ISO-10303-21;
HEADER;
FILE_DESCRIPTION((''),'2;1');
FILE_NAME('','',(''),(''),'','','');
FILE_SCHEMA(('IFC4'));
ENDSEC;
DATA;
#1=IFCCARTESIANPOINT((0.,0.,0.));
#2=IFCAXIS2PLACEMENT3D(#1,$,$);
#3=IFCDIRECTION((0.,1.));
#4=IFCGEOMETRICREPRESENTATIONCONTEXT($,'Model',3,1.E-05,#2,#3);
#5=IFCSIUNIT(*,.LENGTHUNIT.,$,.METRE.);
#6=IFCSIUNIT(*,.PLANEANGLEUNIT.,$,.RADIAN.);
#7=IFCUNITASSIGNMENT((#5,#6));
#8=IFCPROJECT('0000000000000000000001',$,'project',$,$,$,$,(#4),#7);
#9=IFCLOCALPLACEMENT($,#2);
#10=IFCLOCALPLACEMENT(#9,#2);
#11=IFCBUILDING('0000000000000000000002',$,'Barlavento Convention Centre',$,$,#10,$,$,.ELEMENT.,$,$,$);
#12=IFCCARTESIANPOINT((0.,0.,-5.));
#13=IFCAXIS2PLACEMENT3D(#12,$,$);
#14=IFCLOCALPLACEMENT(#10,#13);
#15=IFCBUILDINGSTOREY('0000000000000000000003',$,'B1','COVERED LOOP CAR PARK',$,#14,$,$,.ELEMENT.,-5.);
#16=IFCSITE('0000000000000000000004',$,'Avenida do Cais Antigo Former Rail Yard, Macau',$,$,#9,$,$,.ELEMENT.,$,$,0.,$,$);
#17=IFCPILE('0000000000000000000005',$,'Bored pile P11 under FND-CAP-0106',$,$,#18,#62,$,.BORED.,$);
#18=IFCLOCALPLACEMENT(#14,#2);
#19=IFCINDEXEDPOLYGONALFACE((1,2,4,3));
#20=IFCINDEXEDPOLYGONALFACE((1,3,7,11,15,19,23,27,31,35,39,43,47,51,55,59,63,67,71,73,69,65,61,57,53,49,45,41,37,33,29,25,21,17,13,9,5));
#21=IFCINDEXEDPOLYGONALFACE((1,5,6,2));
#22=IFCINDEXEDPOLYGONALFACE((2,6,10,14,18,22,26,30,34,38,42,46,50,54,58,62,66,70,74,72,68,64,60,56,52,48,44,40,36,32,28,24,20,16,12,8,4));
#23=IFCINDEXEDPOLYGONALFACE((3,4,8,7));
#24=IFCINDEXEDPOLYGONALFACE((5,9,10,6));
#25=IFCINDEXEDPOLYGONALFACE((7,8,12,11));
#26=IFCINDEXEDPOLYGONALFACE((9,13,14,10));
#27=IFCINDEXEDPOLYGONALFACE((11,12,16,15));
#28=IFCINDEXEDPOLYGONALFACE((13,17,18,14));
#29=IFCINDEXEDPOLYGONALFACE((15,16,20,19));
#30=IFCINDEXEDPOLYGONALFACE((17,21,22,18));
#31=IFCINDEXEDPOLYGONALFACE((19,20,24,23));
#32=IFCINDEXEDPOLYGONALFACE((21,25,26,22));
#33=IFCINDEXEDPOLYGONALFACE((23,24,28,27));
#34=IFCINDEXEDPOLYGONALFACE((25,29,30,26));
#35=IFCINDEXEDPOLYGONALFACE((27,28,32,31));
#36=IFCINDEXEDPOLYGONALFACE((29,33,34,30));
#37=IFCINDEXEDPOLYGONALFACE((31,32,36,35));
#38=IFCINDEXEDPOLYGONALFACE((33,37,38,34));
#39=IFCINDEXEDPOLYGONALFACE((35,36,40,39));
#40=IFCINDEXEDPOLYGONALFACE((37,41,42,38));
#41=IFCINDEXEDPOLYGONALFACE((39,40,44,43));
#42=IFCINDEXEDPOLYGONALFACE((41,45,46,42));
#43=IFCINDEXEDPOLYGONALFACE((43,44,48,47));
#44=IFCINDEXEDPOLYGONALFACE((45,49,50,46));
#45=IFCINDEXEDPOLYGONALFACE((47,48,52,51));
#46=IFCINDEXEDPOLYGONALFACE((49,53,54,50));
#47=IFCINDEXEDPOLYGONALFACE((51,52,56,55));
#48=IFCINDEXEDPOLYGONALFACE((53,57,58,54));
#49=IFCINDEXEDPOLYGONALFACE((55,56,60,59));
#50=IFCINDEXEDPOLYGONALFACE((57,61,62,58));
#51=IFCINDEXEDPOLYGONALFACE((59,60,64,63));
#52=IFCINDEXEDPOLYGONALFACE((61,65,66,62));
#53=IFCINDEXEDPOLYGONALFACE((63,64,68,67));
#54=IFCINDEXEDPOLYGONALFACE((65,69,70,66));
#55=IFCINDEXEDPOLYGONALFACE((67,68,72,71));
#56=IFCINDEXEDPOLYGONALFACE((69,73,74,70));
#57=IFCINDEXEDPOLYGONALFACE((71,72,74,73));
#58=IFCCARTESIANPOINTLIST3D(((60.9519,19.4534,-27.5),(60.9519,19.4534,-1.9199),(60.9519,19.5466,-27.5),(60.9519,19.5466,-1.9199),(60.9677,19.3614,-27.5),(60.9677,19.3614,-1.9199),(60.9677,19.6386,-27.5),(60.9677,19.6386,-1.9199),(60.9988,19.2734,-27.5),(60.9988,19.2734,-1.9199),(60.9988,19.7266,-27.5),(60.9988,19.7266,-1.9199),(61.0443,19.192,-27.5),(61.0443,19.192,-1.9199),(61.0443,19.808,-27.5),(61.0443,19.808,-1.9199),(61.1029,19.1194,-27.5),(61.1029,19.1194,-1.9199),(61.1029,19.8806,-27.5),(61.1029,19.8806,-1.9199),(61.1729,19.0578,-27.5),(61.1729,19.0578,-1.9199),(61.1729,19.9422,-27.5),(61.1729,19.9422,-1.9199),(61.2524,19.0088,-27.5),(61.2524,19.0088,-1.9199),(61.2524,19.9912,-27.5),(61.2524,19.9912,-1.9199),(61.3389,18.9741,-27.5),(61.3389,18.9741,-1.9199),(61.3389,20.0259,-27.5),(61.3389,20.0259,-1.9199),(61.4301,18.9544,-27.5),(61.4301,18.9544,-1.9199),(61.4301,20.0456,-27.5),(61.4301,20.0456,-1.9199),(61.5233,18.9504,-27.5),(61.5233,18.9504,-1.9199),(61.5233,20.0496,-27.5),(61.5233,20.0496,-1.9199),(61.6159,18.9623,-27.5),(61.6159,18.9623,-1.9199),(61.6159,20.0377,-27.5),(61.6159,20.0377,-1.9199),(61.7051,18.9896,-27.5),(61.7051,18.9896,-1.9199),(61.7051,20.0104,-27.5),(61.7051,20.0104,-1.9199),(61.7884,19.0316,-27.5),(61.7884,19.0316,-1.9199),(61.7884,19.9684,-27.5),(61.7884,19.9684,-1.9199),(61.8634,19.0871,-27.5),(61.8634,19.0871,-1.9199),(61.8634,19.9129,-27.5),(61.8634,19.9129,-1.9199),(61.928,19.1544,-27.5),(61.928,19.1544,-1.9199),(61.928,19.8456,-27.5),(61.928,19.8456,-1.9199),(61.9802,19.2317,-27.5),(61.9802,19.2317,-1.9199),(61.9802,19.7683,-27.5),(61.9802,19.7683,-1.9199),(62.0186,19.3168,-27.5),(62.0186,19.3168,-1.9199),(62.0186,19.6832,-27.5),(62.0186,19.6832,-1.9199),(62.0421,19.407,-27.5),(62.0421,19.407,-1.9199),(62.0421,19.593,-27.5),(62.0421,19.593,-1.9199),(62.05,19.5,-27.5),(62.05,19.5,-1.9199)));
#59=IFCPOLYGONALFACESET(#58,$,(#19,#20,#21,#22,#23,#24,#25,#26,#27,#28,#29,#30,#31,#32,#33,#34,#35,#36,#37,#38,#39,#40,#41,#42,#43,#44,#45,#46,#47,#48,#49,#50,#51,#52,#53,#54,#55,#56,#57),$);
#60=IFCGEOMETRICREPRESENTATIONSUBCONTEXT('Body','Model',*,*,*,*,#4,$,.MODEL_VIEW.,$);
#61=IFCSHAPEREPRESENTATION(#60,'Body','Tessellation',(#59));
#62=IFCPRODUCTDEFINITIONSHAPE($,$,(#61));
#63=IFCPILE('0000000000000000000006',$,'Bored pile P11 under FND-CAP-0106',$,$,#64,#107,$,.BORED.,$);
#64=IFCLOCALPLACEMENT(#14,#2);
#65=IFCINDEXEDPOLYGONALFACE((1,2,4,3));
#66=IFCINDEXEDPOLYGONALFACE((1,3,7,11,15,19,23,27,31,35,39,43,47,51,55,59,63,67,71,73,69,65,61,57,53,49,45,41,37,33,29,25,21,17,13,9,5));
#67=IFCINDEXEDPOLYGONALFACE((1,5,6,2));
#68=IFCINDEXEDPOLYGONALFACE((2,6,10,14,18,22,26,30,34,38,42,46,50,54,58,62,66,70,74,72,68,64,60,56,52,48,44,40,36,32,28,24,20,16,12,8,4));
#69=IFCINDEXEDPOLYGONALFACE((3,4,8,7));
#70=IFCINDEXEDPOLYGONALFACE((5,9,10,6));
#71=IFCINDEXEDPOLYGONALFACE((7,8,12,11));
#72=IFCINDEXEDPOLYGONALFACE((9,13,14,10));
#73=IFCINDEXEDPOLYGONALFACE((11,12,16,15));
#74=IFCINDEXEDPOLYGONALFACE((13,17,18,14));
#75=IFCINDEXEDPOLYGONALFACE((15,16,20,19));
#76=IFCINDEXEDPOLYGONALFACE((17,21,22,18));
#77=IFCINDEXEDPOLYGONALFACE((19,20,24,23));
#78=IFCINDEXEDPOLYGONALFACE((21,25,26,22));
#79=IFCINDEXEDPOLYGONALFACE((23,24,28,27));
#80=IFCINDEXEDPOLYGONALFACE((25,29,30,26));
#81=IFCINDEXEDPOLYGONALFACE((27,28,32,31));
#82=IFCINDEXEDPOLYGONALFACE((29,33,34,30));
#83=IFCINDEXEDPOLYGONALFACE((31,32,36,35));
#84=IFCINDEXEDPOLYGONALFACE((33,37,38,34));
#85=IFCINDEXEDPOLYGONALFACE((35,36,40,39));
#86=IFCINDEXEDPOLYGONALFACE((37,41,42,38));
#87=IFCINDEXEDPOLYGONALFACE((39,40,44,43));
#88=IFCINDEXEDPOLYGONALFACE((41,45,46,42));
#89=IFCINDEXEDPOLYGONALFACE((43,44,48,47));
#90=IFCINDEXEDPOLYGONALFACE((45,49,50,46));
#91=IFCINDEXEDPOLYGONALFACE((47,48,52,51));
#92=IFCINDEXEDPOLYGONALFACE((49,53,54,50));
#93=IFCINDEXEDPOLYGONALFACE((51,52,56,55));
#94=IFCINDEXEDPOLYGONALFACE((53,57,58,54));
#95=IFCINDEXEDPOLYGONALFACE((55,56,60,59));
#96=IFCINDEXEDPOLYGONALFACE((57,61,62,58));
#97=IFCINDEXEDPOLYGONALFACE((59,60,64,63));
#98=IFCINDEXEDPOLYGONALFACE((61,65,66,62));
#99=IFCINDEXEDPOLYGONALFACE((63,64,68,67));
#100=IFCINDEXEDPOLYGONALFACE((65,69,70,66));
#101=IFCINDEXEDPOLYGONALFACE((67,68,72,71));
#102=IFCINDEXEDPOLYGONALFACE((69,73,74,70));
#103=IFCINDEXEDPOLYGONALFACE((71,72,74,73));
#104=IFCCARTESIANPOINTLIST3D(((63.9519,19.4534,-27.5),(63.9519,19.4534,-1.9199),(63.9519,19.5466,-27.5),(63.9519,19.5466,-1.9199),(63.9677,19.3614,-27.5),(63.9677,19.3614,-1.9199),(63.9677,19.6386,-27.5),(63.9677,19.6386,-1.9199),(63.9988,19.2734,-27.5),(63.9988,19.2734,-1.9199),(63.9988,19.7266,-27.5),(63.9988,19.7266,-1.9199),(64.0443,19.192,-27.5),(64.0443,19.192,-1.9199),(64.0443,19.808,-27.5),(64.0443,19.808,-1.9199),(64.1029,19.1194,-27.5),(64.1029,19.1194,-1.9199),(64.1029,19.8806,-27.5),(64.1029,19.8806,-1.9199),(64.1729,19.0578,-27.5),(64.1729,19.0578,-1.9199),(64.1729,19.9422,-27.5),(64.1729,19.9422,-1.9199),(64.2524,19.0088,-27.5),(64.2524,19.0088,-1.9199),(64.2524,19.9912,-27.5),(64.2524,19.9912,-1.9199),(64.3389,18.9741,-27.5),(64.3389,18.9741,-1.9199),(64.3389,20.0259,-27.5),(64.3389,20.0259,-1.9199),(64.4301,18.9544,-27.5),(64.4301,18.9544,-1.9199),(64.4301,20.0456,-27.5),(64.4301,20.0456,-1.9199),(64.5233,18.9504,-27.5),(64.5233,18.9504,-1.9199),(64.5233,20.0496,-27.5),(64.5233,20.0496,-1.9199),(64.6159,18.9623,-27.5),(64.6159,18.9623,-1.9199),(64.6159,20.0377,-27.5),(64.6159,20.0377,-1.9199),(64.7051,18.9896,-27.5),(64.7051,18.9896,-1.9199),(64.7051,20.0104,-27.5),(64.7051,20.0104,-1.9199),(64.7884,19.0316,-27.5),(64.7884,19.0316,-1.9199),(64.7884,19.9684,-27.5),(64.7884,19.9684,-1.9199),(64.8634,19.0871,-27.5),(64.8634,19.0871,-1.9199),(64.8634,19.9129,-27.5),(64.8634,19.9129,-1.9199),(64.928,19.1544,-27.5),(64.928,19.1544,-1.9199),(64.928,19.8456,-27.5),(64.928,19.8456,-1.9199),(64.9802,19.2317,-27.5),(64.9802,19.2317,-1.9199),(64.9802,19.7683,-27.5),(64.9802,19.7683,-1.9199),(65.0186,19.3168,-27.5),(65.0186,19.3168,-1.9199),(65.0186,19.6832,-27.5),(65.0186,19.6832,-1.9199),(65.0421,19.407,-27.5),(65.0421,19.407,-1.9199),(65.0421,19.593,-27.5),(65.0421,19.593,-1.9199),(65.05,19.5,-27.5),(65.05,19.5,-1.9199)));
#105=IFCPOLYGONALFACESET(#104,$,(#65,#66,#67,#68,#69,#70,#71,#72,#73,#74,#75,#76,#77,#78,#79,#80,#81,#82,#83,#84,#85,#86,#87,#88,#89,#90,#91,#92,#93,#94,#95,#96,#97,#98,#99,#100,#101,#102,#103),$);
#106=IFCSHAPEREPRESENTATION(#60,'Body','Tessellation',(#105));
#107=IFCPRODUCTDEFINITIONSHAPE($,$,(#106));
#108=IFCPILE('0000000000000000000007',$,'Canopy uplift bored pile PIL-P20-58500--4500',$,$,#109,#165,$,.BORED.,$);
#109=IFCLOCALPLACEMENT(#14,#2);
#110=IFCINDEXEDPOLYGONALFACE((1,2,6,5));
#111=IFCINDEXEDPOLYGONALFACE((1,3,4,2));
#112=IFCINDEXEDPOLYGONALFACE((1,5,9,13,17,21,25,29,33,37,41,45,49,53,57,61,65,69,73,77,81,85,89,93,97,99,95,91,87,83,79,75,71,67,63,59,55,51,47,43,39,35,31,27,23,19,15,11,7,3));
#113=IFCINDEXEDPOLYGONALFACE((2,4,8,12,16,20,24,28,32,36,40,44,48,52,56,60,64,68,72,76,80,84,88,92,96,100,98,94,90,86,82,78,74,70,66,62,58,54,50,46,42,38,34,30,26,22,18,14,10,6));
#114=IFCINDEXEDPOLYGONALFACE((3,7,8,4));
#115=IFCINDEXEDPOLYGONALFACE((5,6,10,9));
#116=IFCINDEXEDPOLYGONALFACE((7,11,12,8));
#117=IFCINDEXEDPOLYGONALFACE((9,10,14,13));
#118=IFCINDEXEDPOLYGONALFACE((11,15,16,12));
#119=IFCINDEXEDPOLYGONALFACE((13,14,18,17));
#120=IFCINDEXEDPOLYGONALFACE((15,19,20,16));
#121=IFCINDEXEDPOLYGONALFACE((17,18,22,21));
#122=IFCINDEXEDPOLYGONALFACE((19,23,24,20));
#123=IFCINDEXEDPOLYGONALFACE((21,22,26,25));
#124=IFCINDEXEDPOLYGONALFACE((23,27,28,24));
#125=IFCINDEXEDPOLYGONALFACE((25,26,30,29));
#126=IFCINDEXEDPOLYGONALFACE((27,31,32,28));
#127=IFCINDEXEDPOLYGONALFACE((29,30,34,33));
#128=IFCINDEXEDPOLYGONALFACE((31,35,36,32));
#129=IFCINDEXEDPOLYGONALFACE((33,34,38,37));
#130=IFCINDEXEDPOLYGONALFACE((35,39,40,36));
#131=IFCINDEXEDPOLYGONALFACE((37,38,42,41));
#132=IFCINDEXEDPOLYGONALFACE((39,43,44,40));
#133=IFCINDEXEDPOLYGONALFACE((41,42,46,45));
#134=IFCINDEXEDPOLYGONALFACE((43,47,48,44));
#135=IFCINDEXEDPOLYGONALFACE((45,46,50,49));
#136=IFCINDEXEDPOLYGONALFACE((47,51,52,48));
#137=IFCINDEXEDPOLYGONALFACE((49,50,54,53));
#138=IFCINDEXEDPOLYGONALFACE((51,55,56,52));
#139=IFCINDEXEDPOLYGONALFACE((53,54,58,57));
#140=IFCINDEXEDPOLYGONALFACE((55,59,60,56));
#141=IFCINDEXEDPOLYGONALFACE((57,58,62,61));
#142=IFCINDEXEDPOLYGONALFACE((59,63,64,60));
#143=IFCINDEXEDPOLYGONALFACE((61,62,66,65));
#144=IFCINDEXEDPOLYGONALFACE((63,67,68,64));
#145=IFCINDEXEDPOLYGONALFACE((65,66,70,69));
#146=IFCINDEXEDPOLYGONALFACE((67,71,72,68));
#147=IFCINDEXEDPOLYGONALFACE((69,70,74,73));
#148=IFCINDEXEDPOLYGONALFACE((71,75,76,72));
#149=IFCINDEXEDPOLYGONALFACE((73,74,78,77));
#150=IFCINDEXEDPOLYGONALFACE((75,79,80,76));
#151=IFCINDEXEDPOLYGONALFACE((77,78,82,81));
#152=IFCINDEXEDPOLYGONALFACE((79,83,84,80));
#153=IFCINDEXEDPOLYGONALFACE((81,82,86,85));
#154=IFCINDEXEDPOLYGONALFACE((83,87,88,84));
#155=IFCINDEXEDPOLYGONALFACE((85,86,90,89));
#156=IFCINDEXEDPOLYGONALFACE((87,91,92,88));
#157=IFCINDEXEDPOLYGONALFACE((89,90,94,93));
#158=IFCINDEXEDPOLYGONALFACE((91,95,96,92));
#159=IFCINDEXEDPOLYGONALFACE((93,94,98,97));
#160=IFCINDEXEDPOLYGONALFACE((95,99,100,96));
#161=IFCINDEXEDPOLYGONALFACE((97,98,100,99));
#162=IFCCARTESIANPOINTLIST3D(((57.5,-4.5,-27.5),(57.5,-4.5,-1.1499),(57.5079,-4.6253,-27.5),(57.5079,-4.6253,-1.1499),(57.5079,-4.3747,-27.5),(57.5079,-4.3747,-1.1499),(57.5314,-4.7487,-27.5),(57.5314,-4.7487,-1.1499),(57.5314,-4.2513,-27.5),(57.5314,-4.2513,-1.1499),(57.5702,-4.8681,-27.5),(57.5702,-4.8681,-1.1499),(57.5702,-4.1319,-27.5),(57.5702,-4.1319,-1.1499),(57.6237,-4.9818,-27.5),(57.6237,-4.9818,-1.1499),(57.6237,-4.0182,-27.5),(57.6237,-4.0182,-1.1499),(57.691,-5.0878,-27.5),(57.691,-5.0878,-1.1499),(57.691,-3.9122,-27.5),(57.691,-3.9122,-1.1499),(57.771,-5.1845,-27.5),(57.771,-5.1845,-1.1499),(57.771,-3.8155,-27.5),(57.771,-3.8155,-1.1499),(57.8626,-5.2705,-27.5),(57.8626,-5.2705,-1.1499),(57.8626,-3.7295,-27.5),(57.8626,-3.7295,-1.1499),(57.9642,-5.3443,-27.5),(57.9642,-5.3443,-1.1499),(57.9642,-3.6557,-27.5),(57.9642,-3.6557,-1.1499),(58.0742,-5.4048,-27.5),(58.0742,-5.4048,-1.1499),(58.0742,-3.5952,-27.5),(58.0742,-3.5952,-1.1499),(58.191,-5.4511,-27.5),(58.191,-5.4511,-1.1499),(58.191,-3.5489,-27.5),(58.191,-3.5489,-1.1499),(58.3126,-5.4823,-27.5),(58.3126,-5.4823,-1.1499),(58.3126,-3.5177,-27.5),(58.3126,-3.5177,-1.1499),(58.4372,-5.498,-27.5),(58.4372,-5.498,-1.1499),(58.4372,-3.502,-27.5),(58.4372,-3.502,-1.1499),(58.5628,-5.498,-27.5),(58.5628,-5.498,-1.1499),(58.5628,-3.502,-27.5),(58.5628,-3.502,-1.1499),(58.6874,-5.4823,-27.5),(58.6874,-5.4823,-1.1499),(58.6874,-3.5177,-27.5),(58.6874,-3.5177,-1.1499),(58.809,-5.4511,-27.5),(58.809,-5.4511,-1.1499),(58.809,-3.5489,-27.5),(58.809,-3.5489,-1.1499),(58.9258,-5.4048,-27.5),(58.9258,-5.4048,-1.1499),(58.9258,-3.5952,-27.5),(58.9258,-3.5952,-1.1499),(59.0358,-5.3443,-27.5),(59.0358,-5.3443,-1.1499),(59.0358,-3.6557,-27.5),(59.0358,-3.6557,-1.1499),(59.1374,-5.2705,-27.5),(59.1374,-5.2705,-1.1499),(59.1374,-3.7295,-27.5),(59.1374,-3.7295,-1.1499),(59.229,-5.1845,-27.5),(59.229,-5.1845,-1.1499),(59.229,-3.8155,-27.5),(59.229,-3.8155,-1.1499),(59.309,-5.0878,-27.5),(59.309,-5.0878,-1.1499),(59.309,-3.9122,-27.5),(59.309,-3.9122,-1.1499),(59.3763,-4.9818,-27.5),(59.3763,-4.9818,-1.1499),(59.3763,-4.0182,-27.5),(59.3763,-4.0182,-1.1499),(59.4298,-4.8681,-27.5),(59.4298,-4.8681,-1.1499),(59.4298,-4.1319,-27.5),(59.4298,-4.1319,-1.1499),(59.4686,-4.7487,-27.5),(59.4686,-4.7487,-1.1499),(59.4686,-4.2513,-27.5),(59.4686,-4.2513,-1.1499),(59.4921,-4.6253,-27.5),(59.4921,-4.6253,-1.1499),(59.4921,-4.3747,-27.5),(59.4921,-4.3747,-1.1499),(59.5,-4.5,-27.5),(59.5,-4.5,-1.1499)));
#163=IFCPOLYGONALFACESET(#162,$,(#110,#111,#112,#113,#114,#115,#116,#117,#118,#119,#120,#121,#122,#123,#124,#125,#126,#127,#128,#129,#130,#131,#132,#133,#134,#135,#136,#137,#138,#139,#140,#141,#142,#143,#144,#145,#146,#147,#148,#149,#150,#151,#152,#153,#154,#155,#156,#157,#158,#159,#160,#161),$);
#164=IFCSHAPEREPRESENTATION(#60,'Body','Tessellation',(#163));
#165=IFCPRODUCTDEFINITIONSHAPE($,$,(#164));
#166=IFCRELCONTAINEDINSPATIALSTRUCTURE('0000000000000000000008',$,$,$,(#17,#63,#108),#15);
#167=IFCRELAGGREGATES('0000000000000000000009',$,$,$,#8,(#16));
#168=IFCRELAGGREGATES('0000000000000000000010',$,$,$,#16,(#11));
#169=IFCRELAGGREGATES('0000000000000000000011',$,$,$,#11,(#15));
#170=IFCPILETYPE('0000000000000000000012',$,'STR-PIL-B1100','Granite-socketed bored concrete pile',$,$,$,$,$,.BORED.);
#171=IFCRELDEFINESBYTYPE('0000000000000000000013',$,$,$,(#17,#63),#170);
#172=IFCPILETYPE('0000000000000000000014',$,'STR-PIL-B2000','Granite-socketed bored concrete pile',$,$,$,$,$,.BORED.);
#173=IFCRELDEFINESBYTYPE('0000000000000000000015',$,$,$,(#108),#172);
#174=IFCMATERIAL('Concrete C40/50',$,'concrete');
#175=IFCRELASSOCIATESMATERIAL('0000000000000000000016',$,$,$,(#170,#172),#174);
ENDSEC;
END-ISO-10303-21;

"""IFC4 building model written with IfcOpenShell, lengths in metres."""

from ifc_helpers import new_model, si_unit, direction, frame, origin, origin_2d, place, context, subcontext, project, spatial, circle, extrude, material, material_profile, profile_set, type_object, element, save


model = new_model("IFC4")

# Units and contexts
model_context = context("Model", 3, precision=1e-05, world=origin(), true_north=direction((0.0, 1.0)))
body_context = subcontext(model_context, "Body", "Model", "MODEL_VIEW")
ifc_project = project(units=[si_unit("LENGTHUNIT", "METRE"), si_unit("PLANEANGLEUNIT", "RADIAN")], contexts=[model_context])

# Site, building, storey
site_placement = place(None, origin())
site = spatial("IfcSite", under=ifc_project, at=site_placement, Name="Avenida do Cais Antigo Former Rail Yard, Macau", CompositionType="ELEMENT", RefElevation=0.0)
building_placement = place(site_placement, origin())
building = spatial("IfcBuilding", under=site, at=building_placement, Name="Barlavento Convention Centre", CompositionType="ELEMENT")
storey_placement = place(building_placement, frame((0.0, 0.0, -5.0)))
storey = spatial("IfcBuildingStorey", under=building, at=storey_placement, Name="B1", Description="COVERED LOOP CAR PARK", CompositionType="ELEMENT", Elevation=-5.0)

# Shared definitions
ifc_material_1 = material(Name="Concrete C40/50", Category="concrete")

# Piles
ifc_material_profile_1 = material_profile(ifc_material_1, circle(Radius=0.55, at=origin_2d()), Name="BORED PILE 1100")
ifc_profile_set_1 = profile_set([ifc_material_profile_1], Name="Concrete C40/50")
pile_type_1 = type_object("IfcPileType", Name="STR-PIL-B1100", Description="Granite-socketed bored concrete pile", PredefinedType="BORED", material=ifc_profile_set_1)
for number, where, z_axis, x_axis, name in (
    (1, (61.5, 19.5, -1.9199), (0.0, 0.0, -1.0), (1.0, 0.0, 0.0), "Bored pile P11 under FND-CAP-0106"),
    (2, (64.5, 19.5, -1.9199), (0.0, 0.0, -1.0), (1.0, 0.0, 0.0), "Bored pile P11 under FND-CAP-0106"),
):
    element("IfcPile", number, at=place(storey_placement, frame(where, z_axis=z_axis, x_axis=x_axis)), inside=storey, type_object=pile_type_1, Name=name, PredefinedType="BORED", context=body_context, shape_type="SweptSolid", body=[
        extrude(circle(Radius=0.55, at=origin_2d()), origin(), (0.0, 0.0, 1.0), 25.5801),
    ])
ifc_material_profile_2 = material_profile(ifc_material_1, circle(Radius=1.0, at=origin_2d()), Name="BORED PILE 2000")
ifc_profile_set_2 = profile_set([ifc_material_profile_2], Name="Concrete C40/50")
pile_type_2 = type_object("IfcPileType", Name="STR-PIL-B2000", Description="Granite-socketed bored concrete pile", PredefinedType="BORED", material=ifc_profile_set_2)
for number, where, z_axis, x_axis, name in (
    (3, (58.5, -4.5, -1.1499), (0.0, 0.0, -1.0), (1.0, 0.0, 0.0), "Canopy uplift bored pile PIL-P20-58500--4500"),
):
    element("IfcPile", number, at=place(storey_placement, frame(where, z_axis=z_axis, x_axis=x_axis)), inside=storey, type_object=pile_type_2, Name=name, PredefinedType="BORED", context=body_context, shape_type="SweptSolid", body=[
        extrude(circle(Radius=1.0, at=origin_2d()), origin(), (0.0, 0.0, 1.0), 26.3501),
    ])

save(model, "model.ifc")
